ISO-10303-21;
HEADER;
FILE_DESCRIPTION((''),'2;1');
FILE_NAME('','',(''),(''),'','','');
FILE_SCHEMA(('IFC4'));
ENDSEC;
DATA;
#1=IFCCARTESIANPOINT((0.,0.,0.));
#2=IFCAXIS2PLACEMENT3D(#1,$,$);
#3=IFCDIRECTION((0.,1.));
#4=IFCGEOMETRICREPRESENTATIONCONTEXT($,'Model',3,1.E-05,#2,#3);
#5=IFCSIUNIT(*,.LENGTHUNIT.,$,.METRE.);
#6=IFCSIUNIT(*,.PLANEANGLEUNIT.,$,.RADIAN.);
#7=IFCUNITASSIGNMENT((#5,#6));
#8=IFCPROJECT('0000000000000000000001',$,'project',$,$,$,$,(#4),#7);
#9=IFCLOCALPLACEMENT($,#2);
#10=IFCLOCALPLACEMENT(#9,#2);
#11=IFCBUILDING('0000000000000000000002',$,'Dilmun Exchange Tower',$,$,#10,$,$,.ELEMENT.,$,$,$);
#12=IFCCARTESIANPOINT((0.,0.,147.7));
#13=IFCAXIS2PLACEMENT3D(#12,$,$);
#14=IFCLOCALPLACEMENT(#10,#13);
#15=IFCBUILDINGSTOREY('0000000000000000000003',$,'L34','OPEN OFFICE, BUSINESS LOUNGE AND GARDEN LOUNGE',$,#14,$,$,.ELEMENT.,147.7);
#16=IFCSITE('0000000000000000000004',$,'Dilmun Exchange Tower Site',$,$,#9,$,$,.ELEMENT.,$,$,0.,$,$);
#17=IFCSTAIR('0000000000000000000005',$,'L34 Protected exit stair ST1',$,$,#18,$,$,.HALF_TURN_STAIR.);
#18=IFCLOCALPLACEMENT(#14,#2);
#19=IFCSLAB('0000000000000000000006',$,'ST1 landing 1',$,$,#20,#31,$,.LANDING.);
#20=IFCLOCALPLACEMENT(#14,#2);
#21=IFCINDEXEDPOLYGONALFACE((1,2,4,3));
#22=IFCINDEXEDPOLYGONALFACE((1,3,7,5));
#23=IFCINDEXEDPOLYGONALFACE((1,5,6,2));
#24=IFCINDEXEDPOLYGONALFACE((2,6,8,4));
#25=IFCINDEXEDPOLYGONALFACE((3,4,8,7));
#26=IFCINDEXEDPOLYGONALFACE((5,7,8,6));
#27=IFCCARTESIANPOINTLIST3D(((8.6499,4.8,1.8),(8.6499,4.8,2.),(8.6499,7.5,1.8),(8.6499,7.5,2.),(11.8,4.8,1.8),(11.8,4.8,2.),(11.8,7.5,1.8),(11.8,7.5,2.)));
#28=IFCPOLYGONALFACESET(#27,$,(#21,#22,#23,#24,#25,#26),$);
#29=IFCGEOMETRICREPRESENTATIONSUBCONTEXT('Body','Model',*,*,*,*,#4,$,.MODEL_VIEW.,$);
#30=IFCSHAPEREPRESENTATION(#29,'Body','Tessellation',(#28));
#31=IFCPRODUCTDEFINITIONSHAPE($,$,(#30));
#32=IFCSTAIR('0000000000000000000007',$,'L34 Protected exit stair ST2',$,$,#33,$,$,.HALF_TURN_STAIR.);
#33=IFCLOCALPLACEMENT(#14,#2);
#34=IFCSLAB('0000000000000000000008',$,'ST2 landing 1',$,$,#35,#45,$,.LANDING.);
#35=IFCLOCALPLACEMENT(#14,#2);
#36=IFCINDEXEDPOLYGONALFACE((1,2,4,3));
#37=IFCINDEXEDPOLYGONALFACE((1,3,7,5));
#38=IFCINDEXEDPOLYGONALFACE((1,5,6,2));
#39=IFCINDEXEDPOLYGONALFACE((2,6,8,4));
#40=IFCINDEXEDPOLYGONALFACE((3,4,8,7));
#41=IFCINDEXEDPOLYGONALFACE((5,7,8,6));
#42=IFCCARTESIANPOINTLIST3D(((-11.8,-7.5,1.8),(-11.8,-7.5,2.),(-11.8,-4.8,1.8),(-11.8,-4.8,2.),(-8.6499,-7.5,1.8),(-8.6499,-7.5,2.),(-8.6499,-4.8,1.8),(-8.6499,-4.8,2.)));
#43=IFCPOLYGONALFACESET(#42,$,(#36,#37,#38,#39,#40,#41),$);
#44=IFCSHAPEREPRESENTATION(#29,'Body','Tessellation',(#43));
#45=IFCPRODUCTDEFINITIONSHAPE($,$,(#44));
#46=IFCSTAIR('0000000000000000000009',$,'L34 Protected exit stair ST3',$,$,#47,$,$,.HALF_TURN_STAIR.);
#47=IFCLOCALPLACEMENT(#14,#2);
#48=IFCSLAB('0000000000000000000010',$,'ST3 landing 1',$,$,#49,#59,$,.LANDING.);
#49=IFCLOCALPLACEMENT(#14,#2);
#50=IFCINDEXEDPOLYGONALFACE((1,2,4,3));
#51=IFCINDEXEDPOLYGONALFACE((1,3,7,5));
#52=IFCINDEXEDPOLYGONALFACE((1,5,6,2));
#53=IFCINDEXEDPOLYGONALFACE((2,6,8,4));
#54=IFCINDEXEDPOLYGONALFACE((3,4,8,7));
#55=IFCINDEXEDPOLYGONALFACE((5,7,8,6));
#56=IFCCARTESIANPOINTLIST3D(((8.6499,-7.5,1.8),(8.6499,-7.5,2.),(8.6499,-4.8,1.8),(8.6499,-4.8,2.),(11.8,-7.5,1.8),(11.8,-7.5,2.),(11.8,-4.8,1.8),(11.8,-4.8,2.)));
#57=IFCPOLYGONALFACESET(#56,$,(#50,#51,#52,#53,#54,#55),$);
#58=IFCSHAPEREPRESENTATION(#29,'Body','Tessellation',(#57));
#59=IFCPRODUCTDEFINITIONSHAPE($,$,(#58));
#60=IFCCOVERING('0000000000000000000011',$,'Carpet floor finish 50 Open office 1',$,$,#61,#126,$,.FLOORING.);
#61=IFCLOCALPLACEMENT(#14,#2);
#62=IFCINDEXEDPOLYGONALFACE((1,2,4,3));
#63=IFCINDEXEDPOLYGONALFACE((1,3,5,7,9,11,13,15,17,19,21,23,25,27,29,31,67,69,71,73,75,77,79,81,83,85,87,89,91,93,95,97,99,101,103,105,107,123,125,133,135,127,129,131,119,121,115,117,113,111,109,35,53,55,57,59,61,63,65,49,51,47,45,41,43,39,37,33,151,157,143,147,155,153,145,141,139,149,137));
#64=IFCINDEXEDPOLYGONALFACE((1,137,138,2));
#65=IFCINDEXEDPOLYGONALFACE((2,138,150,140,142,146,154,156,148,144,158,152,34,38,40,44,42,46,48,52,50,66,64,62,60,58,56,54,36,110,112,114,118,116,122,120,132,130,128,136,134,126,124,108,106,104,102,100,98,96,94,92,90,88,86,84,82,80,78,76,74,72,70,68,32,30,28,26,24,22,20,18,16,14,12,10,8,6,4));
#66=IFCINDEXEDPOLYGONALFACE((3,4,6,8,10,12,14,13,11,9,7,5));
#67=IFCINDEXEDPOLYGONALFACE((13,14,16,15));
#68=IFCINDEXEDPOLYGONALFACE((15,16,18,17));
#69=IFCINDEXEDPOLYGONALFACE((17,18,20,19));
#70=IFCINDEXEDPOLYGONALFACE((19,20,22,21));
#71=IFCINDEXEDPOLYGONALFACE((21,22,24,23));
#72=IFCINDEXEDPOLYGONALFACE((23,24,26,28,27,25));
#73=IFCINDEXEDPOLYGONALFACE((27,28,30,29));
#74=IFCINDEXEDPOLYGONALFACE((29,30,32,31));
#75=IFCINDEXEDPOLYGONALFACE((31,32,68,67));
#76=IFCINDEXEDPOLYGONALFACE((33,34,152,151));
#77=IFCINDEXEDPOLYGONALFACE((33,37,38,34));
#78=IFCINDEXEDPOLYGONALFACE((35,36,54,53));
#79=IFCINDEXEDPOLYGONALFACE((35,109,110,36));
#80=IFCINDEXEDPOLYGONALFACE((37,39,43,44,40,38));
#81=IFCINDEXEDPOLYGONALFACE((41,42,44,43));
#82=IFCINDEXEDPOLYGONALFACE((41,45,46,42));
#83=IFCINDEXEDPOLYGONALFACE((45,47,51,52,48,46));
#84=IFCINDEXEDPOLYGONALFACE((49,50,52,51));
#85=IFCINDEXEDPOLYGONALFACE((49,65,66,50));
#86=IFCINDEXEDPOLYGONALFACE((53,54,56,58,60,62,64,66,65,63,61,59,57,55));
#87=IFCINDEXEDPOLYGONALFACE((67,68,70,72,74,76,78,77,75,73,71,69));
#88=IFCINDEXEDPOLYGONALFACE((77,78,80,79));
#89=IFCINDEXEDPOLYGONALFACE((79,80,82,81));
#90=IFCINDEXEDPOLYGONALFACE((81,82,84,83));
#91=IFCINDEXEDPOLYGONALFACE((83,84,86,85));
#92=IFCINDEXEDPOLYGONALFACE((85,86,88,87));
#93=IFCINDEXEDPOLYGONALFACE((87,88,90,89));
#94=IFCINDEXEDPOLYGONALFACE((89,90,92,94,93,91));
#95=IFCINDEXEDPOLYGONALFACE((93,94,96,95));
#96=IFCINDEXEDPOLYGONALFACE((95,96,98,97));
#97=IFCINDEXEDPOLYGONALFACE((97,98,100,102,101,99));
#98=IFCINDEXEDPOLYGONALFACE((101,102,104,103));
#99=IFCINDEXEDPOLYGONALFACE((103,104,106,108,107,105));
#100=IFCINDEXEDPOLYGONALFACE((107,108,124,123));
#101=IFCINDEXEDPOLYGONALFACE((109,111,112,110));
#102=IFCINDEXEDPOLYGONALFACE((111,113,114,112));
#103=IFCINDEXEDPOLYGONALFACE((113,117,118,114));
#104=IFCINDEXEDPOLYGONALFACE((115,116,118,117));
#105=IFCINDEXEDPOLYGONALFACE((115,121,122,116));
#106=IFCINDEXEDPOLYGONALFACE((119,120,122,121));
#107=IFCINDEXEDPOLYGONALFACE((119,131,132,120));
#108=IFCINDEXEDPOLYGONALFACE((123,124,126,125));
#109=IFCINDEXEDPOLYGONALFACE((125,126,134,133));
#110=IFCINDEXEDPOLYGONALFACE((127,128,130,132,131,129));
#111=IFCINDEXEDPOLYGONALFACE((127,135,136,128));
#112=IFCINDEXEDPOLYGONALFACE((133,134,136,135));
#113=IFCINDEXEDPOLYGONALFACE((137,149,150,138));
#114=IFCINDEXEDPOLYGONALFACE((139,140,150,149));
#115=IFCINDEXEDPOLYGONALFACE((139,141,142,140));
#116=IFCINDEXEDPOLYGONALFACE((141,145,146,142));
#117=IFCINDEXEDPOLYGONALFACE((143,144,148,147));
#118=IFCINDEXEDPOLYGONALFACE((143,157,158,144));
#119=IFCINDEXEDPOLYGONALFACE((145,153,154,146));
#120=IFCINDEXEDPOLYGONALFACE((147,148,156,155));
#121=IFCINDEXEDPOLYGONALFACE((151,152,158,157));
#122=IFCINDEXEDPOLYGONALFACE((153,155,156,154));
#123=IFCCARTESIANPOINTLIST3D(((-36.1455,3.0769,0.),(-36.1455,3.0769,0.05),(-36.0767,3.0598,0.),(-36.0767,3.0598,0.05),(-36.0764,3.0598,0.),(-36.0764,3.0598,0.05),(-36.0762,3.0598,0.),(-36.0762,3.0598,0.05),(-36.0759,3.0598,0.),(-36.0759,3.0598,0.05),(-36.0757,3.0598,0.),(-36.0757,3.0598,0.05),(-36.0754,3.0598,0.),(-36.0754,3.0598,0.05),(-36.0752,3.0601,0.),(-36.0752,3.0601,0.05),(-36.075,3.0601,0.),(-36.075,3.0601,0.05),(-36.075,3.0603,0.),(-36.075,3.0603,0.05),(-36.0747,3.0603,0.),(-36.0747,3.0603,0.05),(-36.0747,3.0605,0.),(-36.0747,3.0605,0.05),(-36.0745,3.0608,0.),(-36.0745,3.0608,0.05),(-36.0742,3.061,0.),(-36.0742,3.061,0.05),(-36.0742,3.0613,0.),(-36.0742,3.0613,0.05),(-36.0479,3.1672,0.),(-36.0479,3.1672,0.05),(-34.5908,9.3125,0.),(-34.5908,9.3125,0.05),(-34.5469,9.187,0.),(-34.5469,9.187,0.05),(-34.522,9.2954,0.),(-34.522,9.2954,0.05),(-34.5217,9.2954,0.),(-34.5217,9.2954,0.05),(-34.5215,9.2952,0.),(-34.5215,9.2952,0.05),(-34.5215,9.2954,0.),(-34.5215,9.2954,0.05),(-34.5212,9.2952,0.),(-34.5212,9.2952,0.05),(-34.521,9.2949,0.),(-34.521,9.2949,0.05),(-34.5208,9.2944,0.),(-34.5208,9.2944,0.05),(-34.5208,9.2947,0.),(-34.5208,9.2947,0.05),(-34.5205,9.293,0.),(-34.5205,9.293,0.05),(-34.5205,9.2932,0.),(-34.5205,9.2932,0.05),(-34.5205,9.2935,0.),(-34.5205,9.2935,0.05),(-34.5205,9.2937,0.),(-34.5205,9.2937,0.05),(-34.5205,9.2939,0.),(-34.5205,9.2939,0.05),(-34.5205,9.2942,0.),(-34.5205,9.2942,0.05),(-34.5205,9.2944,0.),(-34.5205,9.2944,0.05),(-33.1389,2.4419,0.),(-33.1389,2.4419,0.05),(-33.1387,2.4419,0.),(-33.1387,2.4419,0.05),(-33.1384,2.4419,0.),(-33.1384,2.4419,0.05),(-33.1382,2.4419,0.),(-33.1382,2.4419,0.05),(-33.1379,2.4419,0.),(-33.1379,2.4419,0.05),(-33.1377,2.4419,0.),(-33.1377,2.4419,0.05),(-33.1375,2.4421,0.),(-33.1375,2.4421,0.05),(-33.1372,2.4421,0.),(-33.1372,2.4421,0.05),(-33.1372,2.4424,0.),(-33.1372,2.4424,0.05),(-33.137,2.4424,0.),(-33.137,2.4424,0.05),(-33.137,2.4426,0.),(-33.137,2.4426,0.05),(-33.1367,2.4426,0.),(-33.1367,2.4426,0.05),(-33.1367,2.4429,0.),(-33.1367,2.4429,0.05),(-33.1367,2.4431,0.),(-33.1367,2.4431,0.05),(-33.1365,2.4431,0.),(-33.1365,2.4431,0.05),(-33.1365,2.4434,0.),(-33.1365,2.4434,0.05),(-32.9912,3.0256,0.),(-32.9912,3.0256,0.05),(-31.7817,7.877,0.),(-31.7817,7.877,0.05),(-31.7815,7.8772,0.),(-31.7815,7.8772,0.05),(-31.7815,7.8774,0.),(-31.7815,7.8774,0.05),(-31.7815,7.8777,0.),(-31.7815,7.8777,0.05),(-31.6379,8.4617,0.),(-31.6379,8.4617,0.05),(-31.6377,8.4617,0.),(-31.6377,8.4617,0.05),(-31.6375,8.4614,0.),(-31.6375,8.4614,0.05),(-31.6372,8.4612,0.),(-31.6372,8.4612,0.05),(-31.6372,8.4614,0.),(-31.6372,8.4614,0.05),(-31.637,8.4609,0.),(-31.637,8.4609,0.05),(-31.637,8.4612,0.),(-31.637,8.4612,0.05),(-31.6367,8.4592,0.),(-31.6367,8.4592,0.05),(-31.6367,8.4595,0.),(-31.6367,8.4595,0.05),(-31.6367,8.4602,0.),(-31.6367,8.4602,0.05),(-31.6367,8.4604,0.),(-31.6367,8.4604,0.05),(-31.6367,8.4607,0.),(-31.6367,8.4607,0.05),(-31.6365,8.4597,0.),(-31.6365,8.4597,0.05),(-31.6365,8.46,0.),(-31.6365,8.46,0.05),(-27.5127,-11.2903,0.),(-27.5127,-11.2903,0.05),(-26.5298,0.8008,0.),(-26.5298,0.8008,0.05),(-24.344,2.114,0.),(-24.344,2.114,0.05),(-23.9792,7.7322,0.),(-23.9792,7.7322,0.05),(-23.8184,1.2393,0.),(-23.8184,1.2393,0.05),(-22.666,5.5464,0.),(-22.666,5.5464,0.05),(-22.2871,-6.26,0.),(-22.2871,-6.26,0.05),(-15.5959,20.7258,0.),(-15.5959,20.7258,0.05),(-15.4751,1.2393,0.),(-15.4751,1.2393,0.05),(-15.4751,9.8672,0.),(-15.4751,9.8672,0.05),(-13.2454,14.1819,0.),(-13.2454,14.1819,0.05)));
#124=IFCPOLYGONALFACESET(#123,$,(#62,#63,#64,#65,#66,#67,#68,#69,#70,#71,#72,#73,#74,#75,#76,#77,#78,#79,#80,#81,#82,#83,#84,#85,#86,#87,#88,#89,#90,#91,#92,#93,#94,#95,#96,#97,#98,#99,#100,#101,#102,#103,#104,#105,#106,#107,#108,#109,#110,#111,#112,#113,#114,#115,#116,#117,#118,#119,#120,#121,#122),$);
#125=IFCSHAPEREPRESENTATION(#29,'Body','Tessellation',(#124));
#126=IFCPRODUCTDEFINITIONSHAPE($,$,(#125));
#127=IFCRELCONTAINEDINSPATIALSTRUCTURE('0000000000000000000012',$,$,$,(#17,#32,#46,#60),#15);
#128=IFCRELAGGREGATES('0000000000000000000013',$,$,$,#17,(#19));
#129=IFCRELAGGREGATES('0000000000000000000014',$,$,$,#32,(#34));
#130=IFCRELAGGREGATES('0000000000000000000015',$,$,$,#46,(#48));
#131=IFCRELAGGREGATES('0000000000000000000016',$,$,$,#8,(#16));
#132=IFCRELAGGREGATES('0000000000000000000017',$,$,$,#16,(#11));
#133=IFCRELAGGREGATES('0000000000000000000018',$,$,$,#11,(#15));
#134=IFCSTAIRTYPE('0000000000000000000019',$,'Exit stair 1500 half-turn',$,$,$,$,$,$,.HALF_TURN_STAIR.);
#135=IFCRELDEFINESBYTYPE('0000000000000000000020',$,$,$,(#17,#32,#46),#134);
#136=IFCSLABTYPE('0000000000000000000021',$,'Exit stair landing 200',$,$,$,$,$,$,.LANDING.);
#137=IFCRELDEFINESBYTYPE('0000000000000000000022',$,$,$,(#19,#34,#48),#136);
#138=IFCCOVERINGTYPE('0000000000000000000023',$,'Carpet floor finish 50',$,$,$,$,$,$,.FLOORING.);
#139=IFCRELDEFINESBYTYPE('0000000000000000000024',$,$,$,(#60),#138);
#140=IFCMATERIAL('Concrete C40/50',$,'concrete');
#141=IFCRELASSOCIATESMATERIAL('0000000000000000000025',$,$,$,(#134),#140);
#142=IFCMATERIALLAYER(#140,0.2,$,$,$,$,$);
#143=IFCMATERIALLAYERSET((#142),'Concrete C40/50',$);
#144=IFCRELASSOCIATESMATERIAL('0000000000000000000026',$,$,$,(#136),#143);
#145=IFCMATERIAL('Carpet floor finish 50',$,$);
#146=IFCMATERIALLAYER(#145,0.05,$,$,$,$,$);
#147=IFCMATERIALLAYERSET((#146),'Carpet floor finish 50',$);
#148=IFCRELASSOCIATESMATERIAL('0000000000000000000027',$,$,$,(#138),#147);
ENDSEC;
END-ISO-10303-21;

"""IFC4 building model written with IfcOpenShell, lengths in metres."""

from ifc_helpers import new_model, si_unit, direction, frame, origin, place, context, subcontext, project, spatial, polyline, outline, extrude, material, layer, layer_set, type_object, element, aggregate, save


model = new_model("IFC4")

# Units and contexts
model_context = context("Model", 3, precision=1e-05, world=origin(), true_north=direction((0.0, 1.0)))
body_context = subcontext(model_context, "Body", "Model", "MODEL_VIEW")
ifc_project = project(units=[si_unit("LENGTHUNIT", "METRE"), si_unit("PLANEANGLEUNIT", "RADIAN")], contexts=[model_context])

# Site, building, storey
site_placement = place(None, origin())
site = spatial("IfcSite", under=ifc_project, at=site_placement, Name="Dilmun Exchange Tower Site", CompositionType="ELEMENT", RefElevation=0.0)
building_placement = place(site_placement, origin())
building = spatial("IfcBuilding", under=site, at=building_placement, Name="Dilmun Exchange Tower", CompositionType="ELEMENT")
storey_placement = place(building_placement, frame((0.0, 0.0, 147.7)))
storey = spatial("IfcBuildingStorey", under=building, at=storey_placement, Name="L34", Description="OPEN OFFICE, BUSINESS LOUNGE AND GARDEN LOUNGE", CompositionType="ELEMENT", Elevation=147.7)

# Stairs, slabs
ifc_material_1 = material(Name="Concrete C40/50", Category="concrete")
stair_type = type_object("IfcStairType", Name="Exit stair 1500 half-turn", PredefinedType="HALF_TURN_STAIR", material=ifc_material_1)
stair_1_placement = place(storey_placement, origin())
stair_1 = element("IfcStair", 1, at=stair_1_placement, inside=storey, type_object=stair_type, Name="L34 Protected exit stair ST1", PredefinedType="HALF_TURN_STAIR")
ifc_layer_1 = layer(ifc_material_1, 0.2)
ifc_layer_set_1 = layer_set([ifc_layer_1], Name="Concrete C40/50")
slab_type = type_object("IfcSlabType", Name="Exit stair landing 200", PredefinedType="LANDING", material=ifc_layer_set_1)
slab_1_placement = place(storey_placement, frame((0.0, 0.0, 1.8)))
slab_1 = element("IfcSlab", 2, at=slab_1_placement, type_object=slab_type, Name="ST1 landing 1", PredefinedType="LANDING", context=body_context, shape_type="SweptSolid", body=[
    extrude(outline(polyline([(8.6499, 7.5), (8.6499, 4.8), (11.8, 4.8), (11.8, 7.5), (8.6499, 7.5)])), origin(), (0.0, 0.0, 1.0), 0.2),
])
aggregate(stair_1, [slab_1])
stair_2_placement = place(storey_placement, origin())
stair_2 = element("IfcStair", 3, at=stair_2_placement, inside=storey, type_object=stair_type, Name="L34 Protected exit stair ST2", PredefinedType="HALF_TURN_STAIR")
slab_2_placement = place(storey_placement, frame((0.0, 0.0, 1.8)))
slab_2 = element("IfcSlab", 4, at=slab_2_placement, type_object=slab_type, Name="ST2 landing 1", PredefinedType="LANDING", context=body_context, shape_type="SweptSolid", body=[
    extrude(outline(polyline([(-8.6499, -7.5), (-8.6499, -4.8), (-11.8, -4.8), (-11.8, -7.5), (-8.6499, -7.5)])), origin(), (0.0, 0.0, 1.0), 0.2),
])
aggregate(stair_2, [slab_2])
stair_3_placement = place(storey_placement, origin())
stair_3 = element("IfcStair", 5, at=stair_3_placement, inside=storey, type_object=stair_type, Name="L34 Protected exit stair ST3", PredefinedType="HALF_TURN_STAIR")
slab_3_placement = place(storey_placement, frame((0.0, 0.0, 1.8)))
slab_3 = element("IfcSlab", 6, at=slab_3_placement, type_object=slab_type, Name="ST3 landing 1", PredefinedType="LANDING", context=body_context, shape_type="SweptSolid", body=[
    extrude(outline(polyline([(11.8, -7.5), (11.8, -4.8), (8.6499, -4.8), (8.6499, -7.5), (11.8, -7.5)])), origin(), (0.0, 0.0, 1.0), 0.2),
])
aggregate(stair_3, [slab_3])

# Covering
ifc_material_2 = material(Name="Carpet floor finish 50")
ifc_layer_2 = layer(ifc_material_2, 0.05)
ifc_layer_set_2 = layer_set([ifc_layer_2], Name="Carpet floor finish 50")
covering_type_1 = type_object("IfcCoveringType", Name="Carpet floor finish 50", PredefinedType="FLOORING", material=ifc_layer_set_2)
covering_1_placement = place(storey_placement, origin())
element("IfcCovering", 7, at=covering_1_placement, inside=storey, type_object=covering_type_1, Name="Carpet floor finish 50 Open office 1", PredefinedType="FLOORING", context=body_context, shape_type="SweptSolid", body=[
    extrude(outline(polyline([(-13.2454, 14.1819), (-23.9792, 7.7322), (-22.666, 5.5464), (-15.4751, 9.8672), (-15.4751, 1.2393), (-23.8184, 1.2393), (-24.344, 2.114), (-26.5298, 0.8008), (-22.2871, -6.26), (-27.5127, -11.2903), (-36.1455, 3.0769), (-36.0767, 3.0598), (-36.0764, 3.0598), (-36.0764, 3.0598), (-36.0762, 3.0598), (-36.0759, 3.0598), (-36.0757, 3.0598), (-36.0754, 3.0598), (-36.0754, 3.0598), (-36.0752, 3.0601), (-36.075, 3.0601), (-36.075, 3.0603), (-36.0747, 3.0603), (-36.0747, 3.0605), (-36.0745, 3.0608), (-36.0745, 3.0608), (-36.0742, 3.061), (-36.0742, 3.0613), (-36.0479, 3.1672), (-33.1389, 2.4419), (-33.1387, 2.4419), (-33.1384, 2.4419), (-33.1382, 2.4419), (-33.1382, 2.4419), (-33.1379, 2.4419), (-33.1377, 2.4419), (-33.1375, 2.4421), (-33.1372, 2.4421), (-33.1372, 2.4424), (-33.137, 2.4424), (-33.137, 2.4426), (-33.1367, 2.4426), (-33.1367, 2.4429), (-33.1367, 2.4431), (-33.1365, 2.4431), (-33.1365, 2.4434), (-32.9912, 3.0256), (-32.9912, 3.0256), (-32.9912, 3.0256), (-31.7817, 7.877), (-31.7815, 7.8772), (-31.7815, 7.8774), (-31.7815, 7.8777), (-31.6367, 8.4592), (-31.6367, 8.4595), (-31.6365, 8.4597), (-31.6365, 8.46), (-31.6367, 8.4602), (-31.6367, 8.4602), (-31.6367, 8.4604), (-31.6367, 8.4607), (-31.6367, 8.4607), (-31.637, 8.4609), (-31.637, 8.4612), (-31.6372, 8.4612), (-31.6372, 8.4614), (-31.6375, 8.4614), (-31.6377, 8.4617), (-31.6379, 8.4617), (-31.6379, 8.4617), (-34.5469, 9.187), (-34.5205, 9.293), (-34.5205, 9.2932), (-34.5205, 9.2935), (-34.5205, 9.2937), (-34.5205, 9.2937), (-34.5205, 9.2939), (-34.5205, 9.2942), (-34.5205, 9.2944), (-34.5208, 9.2944), (-34.5208, 9.2947), (-34.521, 9.2949), (-34.521, 9.2949), (-34.5212, 9.2952), (-34.5215, 9.2952), (-34.5215, 9.2954), (-34.5217, 9.2954), (-34.522, 9.2954), (-34.5908, 9.3125), (-15.5959, 20.7258), (-13.2454, 14.1819)])), origin(), (0.0, 0.0, 1.0), 0.05),
])

save(model, "model.ifc")
